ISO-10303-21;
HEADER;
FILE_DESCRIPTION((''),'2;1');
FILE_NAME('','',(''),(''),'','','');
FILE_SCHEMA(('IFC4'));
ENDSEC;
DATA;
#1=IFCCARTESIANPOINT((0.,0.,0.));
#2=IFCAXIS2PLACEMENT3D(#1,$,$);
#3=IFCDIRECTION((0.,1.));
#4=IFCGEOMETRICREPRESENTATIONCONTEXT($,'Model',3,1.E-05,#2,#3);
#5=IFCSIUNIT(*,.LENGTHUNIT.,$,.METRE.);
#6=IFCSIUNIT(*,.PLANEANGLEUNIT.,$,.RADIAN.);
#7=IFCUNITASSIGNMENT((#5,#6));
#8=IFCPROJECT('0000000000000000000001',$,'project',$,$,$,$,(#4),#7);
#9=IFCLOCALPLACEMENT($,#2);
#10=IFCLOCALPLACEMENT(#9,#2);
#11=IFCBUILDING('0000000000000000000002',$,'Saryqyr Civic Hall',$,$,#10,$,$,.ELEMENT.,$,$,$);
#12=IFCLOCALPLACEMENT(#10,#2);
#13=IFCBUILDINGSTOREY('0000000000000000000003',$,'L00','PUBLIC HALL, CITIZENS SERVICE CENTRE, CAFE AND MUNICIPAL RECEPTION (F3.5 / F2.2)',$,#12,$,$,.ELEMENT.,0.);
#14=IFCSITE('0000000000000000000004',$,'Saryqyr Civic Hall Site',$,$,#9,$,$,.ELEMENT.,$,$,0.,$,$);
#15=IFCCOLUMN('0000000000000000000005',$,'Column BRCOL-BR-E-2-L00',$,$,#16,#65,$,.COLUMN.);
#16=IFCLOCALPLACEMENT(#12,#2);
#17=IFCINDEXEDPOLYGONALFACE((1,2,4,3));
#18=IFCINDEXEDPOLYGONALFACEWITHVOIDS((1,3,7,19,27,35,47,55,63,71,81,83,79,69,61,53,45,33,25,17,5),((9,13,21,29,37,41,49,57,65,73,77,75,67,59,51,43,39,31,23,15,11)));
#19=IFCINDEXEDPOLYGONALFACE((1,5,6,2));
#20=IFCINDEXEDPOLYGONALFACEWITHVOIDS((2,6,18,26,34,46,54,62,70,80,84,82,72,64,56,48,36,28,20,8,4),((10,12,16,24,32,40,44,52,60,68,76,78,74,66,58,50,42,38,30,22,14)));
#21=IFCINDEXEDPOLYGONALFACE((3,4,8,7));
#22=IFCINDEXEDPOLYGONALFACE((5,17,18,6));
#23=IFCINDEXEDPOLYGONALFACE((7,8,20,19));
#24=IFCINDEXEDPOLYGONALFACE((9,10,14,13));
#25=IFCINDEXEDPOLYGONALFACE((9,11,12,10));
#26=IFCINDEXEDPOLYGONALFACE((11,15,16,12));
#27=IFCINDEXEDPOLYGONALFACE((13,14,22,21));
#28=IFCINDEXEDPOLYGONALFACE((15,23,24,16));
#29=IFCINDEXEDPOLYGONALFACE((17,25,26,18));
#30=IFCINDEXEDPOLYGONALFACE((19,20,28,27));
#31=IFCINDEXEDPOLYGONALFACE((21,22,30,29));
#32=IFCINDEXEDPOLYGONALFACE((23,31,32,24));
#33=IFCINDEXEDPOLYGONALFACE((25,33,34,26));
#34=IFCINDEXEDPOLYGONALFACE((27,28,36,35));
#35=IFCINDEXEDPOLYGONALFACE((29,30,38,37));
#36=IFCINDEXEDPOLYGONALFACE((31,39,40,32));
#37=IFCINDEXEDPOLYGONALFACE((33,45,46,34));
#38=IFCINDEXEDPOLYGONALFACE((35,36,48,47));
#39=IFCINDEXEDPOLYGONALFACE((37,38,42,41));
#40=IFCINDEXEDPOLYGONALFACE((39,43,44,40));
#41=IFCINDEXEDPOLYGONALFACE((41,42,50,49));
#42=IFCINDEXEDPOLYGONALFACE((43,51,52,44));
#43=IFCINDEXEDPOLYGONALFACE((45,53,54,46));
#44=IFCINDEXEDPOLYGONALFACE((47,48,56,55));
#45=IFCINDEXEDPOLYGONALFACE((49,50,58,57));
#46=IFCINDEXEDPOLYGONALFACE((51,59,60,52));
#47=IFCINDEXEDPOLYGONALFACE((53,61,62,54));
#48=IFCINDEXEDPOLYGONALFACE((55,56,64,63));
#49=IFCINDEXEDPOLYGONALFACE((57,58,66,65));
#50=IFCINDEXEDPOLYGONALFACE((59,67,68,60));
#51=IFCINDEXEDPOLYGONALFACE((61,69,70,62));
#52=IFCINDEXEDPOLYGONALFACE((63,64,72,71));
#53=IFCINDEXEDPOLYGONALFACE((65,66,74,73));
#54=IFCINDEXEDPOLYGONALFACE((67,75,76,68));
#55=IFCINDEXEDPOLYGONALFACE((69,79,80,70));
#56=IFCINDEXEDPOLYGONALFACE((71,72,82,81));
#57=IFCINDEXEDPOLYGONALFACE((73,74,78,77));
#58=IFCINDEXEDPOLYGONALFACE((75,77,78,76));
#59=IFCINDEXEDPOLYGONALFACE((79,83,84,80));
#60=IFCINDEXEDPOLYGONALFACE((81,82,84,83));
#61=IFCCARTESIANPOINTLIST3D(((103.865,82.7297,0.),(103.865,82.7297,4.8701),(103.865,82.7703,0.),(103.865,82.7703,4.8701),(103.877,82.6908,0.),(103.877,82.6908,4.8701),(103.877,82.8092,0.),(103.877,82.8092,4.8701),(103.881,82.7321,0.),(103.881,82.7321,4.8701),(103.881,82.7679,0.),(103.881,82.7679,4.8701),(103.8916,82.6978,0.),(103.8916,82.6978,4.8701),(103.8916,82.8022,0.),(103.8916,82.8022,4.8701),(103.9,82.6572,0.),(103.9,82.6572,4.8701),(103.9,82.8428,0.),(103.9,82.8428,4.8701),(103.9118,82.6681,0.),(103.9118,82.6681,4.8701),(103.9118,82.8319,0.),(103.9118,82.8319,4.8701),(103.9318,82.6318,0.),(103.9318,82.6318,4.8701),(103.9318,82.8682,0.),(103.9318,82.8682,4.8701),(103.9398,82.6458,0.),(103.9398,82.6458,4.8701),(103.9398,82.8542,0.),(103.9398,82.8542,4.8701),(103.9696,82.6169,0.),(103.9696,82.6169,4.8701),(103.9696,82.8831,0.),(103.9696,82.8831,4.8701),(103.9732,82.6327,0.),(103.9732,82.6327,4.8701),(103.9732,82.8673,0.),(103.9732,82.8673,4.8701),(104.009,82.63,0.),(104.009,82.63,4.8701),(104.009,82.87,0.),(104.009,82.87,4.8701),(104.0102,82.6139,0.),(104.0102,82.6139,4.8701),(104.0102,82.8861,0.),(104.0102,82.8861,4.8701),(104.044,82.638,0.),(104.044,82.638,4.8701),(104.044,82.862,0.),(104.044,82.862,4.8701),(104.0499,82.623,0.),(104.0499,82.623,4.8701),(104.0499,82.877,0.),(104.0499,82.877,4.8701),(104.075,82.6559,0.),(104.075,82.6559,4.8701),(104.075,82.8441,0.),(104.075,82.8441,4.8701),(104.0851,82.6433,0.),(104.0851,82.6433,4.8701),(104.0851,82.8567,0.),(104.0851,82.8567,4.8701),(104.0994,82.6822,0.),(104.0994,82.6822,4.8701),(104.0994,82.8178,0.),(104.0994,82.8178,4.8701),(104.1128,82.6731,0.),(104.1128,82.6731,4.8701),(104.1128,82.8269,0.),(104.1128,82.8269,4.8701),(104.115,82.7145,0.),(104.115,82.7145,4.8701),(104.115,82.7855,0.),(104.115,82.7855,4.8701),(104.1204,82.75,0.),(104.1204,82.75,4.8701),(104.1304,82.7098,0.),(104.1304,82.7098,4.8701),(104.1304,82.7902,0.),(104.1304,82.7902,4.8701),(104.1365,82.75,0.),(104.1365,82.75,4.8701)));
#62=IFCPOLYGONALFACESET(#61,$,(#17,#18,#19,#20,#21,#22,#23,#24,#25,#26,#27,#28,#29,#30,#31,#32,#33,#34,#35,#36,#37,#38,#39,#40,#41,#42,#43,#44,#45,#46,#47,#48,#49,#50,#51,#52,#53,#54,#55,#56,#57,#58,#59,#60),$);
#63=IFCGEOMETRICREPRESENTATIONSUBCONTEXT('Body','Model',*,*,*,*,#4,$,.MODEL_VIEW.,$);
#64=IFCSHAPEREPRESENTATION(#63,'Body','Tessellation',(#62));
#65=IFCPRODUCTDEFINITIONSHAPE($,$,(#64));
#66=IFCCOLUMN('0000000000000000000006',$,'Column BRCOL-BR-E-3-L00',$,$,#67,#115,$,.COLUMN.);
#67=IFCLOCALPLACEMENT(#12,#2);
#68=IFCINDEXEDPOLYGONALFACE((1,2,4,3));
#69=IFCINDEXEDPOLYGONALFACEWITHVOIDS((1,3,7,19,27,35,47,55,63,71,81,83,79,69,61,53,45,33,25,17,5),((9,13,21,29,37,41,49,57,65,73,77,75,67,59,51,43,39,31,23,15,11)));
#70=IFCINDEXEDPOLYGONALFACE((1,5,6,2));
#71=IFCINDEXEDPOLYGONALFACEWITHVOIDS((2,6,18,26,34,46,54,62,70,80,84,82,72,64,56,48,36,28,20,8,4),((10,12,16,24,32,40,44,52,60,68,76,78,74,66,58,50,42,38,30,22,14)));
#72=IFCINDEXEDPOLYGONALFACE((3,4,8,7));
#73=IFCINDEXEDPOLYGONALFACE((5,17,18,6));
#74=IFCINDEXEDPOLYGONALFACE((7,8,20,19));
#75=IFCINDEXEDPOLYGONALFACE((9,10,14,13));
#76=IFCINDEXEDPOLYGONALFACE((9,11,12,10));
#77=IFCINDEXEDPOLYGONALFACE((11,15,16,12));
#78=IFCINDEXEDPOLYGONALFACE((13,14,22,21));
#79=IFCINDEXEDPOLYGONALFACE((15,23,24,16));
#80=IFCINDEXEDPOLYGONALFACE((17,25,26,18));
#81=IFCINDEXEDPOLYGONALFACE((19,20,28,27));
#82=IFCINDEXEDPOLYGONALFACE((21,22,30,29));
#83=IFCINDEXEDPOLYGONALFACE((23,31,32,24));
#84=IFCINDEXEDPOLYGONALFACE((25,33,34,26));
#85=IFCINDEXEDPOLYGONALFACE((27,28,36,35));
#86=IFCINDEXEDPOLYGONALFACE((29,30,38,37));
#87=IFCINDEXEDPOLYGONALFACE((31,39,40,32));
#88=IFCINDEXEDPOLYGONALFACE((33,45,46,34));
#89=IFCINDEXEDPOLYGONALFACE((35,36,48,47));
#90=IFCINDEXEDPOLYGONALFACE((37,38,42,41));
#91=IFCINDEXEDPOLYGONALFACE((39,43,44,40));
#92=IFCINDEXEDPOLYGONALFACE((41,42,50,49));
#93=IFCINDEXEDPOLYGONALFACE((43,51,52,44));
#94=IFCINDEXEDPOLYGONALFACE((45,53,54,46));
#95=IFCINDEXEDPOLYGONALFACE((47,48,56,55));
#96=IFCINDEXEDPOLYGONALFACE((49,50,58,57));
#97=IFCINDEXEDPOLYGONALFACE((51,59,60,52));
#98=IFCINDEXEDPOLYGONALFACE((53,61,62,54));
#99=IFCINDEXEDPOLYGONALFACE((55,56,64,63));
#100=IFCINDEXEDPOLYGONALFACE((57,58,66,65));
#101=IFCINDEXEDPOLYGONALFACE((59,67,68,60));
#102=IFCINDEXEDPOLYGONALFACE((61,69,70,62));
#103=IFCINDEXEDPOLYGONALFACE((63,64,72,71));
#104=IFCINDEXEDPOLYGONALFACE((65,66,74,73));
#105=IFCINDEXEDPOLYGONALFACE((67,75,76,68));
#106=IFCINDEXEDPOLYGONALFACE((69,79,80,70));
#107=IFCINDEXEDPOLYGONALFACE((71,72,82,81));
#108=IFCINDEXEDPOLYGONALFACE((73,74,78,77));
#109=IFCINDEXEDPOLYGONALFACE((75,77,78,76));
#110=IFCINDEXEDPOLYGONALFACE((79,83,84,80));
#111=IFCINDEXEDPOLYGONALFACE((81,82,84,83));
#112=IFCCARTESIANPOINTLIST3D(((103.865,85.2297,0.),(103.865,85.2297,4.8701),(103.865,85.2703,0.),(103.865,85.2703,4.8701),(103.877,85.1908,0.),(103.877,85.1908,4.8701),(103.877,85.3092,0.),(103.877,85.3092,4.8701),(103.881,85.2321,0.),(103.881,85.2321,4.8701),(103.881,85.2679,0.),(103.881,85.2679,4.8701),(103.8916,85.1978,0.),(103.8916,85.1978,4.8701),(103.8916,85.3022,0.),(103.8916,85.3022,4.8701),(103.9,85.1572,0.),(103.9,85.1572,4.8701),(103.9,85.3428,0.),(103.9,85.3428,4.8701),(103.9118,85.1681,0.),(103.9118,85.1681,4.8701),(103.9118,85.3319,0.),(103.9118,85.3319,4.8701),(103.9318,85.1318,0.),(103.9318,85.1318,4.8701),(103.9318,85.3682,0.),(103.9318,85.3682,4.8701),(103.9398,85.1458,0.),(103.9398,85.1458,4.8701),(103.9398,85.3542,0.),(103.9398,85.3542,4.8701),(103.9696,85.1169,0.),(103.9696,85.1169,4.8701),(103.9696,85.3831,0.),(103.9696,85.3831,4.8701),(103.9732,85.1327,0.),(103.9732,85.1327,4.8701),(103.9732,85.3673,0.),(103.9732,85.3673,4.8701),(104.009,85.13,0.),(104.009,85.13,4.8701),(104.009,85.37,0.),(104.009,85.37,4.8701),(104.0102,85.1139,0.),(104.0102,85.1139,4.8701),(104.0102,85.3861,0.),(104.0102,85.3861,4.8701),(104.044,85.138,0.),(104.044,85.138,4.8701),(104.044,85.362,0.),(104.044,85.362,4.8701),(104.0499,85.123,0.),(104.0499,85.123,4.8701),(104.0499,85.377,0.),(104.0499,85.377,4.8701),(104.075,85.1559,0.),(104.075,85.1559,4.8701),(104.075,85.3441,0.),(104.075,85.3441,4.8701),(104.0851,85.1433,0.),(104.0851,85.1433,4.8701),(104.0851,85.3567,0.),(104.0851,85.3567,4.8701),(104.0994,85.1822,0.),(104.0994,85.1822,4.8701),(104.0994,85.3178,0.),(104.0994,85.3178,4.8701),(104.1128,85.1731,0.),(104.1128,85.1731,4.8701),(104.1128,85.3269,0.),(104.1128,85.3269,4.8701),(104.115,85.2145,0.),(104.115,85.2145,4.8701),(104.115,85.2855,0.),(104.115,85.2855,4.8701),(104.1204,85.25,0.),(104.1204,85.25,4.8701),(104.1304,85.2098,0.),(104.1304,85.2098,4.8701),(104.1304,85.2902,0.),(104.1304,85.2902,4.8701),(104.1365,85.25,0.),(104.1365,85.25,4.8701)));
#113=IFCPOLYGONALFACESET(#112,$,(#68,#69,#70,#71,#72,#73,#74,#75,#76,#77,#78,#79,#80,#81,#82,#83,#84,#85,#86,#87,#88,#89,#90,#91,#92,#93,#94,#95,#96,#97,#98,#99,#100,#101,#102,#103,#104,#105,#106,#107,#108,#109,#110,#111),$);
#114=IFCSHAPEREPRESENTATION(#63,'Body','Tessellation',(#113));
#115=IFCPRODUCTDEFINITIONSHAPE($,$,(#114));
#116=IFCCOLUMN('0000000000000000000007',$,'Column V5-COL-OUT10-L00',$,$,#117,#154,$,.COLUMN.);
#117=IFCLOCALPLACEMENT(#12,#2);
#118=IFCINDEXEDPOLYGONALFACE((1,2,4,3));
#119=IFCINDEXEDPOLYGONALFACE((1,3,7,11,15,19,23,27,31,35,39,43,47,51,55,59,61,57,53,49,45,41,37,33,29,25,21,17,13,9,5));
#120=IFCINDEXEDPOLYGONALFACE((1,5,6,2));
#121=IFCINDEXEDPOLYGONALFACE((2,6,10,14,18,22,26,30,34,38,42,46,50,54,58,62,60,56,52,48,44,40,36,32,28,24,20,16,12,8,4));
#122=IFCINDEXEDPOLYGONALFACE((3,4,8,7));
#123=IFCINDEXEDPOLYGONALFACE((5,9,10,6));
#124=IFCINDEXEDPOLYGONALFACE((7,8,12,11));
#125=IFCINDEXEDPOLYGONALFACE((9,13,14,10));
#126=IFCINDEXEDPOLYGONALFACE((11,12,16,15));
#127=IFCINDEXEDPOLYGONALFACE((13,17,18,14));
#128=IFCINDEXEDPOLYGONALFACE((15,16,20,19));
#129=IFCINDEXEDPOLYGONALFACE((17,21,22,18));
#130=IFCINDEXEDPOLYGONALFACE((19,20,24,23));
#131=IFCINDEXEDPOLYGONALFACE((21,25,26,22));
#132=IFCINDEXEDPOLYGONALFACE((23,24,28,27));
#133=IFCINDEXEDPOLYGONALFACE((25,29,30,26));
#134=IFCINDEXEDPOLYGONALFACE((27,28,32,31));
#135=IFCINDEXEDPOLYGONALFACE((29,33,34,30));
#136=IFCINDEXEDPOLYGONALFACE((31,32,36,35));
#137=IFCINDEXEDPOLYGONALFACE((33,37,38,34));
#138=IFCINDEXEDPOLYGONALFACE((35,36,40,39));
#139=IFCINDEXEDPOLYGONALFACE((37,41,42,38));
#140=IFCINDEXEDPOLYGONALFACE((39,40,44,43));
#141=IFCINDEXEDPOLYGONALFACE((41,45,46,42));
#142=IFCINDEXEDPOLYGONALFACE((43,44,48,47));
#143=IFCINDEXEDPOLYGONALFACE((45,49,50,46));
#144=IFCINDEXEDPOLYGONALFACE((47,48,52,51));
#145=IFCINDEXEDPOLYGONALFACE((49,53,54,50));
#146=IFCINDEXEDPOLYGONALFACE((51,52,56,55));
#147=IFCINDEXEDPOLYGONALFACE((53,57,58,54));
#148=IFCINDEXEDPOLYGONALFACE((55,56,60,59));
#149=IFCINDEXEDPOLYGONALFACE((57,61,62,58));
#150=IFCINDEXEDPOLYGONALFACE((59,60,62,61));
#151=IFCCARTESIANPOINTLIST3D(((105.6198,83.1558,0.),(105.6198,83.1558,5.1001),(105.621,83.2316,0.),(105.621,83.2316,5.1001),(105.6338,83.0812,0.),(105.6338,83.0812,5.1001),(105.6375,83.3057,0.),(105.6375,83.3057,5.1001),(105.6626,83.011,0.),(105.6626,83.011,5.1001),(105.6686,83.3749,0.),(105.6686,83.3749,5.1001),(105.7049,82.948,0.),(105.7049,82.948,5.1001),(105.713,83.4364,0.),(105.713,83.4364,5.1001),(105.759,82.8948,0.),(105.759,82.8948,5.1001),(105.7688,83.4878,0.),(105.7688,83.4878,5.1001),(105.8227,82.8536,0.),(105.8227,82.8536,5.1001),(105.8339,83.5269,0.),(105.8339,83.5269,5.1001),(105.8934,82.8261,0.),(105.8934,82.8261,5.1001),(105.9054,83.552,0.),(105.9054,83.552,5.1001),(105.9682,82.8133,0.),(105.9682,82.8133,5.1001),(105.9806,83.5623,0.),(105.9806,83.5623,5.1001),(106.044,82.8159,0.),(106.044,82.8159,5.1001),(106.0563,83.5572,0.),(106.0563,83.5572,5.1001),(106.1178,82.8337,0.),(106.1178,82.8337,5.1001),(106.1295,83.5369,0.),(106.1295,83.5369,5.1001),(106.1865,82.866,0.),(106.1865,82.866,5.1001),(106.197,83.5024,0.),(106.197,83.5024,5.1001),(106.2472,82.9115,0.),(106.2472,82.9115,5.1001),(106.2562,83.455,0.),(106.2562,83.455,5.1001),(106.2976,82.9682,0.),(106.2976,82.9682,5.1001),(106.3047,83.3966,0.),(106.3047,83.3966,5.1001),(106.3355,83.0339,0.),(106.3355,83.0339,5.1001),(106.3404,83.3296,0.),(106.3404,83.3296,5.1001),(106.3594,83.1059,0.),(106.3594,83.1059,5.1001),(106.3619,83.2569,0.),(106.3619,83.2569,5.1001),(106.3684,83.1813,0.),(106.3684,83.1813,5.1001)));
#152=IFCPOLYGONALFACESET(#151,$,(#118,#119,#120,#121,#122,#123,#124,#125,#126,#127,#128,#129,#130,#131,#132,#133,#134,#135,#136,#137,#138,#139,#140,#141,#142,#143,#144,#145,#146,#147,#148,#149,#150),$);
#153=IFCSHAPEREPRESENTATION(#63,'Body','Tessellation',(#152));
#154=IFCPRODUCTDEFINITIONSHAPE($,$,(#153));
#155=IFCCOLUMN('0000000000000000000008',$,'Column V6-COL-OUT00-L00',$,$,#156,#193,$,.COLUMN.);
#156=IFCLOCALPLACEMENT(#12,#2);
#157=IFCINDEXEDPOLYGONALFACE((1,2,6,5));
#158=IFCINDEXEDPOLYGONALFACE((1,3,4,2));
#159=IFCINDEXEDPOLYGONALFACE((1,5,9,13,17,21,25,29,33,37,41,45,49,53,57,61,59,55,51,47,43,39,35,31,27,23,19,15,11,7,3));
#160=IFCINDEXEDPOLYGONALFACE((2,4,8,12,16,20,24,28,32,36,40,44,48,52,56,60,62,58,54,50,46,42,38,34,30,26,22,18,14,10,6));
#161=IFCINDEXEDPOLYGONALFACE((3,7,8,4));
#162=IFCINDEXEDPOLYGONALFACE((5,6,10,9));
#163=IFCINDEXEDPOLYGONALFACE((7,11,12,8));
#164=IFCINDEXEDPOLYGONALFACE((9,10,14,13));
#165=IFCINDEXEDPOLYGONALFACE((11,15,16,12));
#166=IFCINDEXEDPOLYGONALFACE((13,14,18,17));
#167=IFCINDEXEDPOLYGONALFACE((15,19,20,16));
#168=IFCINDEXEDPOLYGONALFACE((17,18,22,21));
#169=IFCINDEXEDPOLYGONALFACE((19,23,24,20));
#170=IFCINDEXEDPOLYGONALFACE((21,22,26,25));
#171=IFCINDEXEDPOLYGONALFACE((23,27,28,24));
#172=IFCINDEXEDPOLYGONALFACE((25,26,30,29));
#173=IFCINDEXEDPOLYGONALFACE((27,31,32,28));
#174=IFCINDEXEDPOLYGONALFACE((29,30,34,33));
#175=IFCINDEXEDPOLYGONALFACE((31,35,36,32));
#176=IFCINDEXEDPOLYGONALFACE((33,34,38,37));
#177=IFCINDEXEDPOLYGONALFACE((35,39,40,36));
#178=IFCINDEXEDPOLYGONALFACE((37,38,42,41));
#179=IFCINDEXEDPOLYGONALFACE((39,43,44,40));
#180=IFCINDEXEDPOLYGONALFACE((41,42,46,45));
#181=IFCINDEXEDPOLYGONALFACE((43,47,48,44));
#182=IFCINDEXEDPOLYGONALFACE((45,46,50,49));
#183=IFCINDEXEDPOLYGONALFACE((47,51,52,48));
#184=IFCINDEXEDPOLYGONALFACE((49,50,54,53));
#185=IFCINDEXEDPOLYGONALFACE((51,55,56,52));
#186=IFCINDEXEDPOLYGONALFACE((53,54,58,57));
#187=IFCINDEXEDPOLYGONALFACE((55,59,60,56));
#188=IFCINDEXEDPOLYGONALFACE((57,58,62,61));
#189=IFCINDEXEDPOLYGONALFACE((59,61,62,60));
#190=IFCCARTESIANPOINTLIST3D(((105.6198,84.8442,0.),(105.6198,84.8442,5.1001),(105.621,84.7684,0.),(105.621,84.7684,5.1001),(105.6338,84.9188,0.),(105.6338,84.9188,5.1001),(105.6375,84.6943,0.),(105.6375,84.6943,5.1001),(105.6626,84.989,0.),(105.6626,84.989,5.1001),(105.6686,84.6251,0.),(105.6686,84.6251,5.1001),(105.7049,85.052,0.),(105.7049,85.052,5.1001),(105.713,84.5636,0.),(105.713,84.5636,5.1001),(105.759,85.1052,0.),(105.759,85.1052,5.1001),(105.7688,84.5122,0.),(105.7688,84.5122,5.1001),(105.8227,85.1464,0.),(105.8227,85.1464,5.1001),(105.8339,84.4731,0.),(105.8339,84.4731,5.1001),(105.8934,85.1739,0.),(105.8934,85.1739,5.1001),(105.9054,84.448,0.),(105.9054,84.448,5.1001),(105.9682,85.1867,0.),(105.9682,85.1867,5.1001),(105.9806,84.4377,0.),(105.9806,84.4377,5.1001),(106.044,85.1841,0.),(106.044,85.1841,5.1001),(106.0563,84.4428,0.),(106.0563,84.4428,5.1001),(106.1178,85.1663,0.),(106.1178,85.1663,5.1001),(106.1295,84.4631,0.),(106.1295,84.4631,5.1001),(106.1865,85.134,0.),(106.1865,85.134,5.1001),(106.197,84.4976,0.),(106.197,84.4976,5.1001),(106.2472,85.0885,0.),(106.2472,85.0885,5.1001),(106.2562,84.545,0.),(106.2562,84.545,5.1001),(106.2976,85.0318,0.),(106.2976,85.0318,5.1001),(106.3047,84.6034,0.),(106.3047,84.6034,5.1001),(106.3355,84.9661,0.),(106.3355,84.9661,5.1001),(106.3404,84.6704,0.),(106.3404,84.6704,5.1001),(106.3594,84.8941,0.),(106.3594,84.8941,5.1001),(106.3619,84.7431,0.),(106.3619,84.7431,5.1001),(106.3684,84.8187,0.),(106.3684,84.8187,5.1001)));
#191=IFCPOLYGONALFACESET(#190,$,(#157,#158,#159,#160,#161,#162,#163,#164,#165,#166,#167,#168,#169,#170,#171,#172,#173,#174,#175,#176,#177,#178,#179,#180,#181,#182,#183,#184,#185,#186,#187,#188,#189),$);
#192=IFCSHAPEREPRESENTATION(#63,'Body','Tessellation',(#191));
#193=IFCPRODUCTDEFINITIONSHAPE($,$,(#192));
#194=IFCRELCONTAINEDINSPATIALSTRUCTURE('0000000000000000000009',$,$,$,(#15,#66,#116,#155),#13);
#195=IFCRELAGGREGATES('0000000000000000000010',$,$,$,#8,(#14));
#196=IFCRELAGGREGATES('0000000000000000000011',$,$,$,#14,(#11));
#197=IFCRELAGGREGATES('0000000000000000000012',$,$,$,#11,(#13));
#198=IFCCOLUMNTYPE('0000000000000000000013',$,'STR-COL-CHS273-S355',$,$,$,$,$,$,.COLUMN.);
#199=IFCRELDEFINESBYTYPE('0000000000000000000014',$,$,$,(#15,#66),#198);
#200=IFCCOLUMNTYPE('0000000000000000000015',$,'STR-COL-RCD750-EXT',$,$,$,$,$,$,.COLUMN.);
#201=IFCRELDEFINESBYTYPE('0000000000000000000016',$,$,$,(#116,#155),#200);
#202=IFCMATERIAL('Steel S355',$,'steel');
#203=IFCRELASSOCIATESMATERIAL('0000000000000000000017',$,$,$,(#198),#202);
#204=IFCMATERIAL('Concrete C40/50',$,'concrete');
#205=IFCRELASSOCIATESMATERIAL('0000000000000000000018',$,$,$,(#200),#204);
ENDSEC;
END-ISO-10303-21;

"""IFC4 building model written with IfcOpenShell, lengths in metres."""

from ifc_helpers import new_model, si_unit, direction, frame, origin, origin_2d, place, context, subcontext, project, spatial, circle, hollow_circle, extrude, material, material_profile, profile_set, type_object, element, save


model = new_model("IFC4")

# Units and contexts
model_context = context("Model", 3, precision=1e-05, world=origin(), true_north=direction((0.0, 1.0)))
body_context = subcontext(model_context, "Body", "Model", "MODEL_VIEW")
ifc_project = project(units=[si_unit("LENGTHUNIT", "METRE"), si_unit("PLANEANGLEUNIT", "RADIAN")], contexts=[model_context])

# Site, building, storey
site_placement = place(None, origin())
site = spatial("IfcSite", under=ifc_project, at=site_placement, Name="Saryqyr Civic Hall Site", CompositionType="ELEMENT", RefElevation=0.0)
building_placement = place(site_placement, origin())
building = spatial("IfcBuilding", under=site, at=building_placement, Name="Saryqyr Civic Hall", CompositionType="ELEMENT")
storey_placement = place(building_placement, origin())
storey = spatial("IfcBuildingStorey", under=building, at=storey_placement, Name="L00", Description="PUBLIC HALL, CITIZENS SERVICE CENTRE, CAFE AND MUNICIPAL RECEPTION (F3.5 / F2.2)", CompositionType="ELEMENT", Elevation=0.0)

# Columns
ifc_material_1 = material(Name="Steel S355", Category="steel")
ifc_material_profile_1 = material_profile(ifc_material_1, hollow_circle(Radius=0.1365, WallThickness=0.0161, at=origin_2d()), Name="CHS 273x16")
ifc_profile_set_1 = profile_set([ifc_material_profile_1], Name="Steel S355")
column_type_1 = type_object("IfcColumnType", Name="STR-COL-CHS273-S355", PredefinedType="COLUMN", material=ifc_profile_set_1)
for number, where, z_axis, x_axis, name in (
    (1, (104.0, 82.75, 0.0), (0.0, 0.0, 1.0), (1.0, 0.0, 0.0), "Column BRCOL-BR-E-2-L00"),
    (2, (104.0, 85.25, 0.0), (0.0, 0.0, 1.0), (1.0, 0.0, 0.0), "Column BRCOL-BR-E-3-L00"),
):
    element("IfcColumn", number, at=place(storey_placement, frame(where, z_axis=z_axis, x_axis=x_axis)), inside=storey, type_object=column_type_1, Name=name, PredefinedType="COLUMN", context=body_context, shape_type="SweptSolid", body=[
        extrude(hollow_circle(Radius=0.1365, WallThickness=0.0161, at=origin_2d()), origin(), (0.0, 0.0, 1.0), 4.8701),
    ])
ifc_material_2 = material(Name="Concrete C40/50", Category="concrete")
ifc_material_profile_2 = material_profile(ifc_material_2, circle(Radius=0.375, at=origin_2d()), Name="RC D750")
ifc_profile_set_2 = profile_set([ifc_material_profile_2], Name="Concrete C40/50")
column_type_2 = type_object("IfcColumnType", Name="STR-COL-RCD750-EXT", PredefinedType="COLUMN", material=ifc_profile_set_2)
for number, where, z_axis, x_axis, name in (
    (3, (105.9934, 83.1875, 0.0), (0.0, 0.0, 1.0), (0.999863, -0.01658, 0.0), "Column V5-COL-OUT10-L00"),
    (4, (105.9934, 84.8125, 0.0), (0.0, 0.0, 1.0), (0.999863, 0.01658, 0.0), "Column V6-COL-OUT00-L00"),
):
    element("IfcColumn", number, at=place(storey_placement, frame(where, z_axis=z_axis, x_axis=x_axis)), inside=storey, type_object=column_type_2, Name=name, PredefinedType="COLUMN", context=body_context, shape_type="SweptSolid", body=[
        extrude(circle(Radius=0.375, at=origin_2d()), origin(), (0.0, 0.0, 1.0), 5.1001),
    ])

save(model, "model.ifc")
